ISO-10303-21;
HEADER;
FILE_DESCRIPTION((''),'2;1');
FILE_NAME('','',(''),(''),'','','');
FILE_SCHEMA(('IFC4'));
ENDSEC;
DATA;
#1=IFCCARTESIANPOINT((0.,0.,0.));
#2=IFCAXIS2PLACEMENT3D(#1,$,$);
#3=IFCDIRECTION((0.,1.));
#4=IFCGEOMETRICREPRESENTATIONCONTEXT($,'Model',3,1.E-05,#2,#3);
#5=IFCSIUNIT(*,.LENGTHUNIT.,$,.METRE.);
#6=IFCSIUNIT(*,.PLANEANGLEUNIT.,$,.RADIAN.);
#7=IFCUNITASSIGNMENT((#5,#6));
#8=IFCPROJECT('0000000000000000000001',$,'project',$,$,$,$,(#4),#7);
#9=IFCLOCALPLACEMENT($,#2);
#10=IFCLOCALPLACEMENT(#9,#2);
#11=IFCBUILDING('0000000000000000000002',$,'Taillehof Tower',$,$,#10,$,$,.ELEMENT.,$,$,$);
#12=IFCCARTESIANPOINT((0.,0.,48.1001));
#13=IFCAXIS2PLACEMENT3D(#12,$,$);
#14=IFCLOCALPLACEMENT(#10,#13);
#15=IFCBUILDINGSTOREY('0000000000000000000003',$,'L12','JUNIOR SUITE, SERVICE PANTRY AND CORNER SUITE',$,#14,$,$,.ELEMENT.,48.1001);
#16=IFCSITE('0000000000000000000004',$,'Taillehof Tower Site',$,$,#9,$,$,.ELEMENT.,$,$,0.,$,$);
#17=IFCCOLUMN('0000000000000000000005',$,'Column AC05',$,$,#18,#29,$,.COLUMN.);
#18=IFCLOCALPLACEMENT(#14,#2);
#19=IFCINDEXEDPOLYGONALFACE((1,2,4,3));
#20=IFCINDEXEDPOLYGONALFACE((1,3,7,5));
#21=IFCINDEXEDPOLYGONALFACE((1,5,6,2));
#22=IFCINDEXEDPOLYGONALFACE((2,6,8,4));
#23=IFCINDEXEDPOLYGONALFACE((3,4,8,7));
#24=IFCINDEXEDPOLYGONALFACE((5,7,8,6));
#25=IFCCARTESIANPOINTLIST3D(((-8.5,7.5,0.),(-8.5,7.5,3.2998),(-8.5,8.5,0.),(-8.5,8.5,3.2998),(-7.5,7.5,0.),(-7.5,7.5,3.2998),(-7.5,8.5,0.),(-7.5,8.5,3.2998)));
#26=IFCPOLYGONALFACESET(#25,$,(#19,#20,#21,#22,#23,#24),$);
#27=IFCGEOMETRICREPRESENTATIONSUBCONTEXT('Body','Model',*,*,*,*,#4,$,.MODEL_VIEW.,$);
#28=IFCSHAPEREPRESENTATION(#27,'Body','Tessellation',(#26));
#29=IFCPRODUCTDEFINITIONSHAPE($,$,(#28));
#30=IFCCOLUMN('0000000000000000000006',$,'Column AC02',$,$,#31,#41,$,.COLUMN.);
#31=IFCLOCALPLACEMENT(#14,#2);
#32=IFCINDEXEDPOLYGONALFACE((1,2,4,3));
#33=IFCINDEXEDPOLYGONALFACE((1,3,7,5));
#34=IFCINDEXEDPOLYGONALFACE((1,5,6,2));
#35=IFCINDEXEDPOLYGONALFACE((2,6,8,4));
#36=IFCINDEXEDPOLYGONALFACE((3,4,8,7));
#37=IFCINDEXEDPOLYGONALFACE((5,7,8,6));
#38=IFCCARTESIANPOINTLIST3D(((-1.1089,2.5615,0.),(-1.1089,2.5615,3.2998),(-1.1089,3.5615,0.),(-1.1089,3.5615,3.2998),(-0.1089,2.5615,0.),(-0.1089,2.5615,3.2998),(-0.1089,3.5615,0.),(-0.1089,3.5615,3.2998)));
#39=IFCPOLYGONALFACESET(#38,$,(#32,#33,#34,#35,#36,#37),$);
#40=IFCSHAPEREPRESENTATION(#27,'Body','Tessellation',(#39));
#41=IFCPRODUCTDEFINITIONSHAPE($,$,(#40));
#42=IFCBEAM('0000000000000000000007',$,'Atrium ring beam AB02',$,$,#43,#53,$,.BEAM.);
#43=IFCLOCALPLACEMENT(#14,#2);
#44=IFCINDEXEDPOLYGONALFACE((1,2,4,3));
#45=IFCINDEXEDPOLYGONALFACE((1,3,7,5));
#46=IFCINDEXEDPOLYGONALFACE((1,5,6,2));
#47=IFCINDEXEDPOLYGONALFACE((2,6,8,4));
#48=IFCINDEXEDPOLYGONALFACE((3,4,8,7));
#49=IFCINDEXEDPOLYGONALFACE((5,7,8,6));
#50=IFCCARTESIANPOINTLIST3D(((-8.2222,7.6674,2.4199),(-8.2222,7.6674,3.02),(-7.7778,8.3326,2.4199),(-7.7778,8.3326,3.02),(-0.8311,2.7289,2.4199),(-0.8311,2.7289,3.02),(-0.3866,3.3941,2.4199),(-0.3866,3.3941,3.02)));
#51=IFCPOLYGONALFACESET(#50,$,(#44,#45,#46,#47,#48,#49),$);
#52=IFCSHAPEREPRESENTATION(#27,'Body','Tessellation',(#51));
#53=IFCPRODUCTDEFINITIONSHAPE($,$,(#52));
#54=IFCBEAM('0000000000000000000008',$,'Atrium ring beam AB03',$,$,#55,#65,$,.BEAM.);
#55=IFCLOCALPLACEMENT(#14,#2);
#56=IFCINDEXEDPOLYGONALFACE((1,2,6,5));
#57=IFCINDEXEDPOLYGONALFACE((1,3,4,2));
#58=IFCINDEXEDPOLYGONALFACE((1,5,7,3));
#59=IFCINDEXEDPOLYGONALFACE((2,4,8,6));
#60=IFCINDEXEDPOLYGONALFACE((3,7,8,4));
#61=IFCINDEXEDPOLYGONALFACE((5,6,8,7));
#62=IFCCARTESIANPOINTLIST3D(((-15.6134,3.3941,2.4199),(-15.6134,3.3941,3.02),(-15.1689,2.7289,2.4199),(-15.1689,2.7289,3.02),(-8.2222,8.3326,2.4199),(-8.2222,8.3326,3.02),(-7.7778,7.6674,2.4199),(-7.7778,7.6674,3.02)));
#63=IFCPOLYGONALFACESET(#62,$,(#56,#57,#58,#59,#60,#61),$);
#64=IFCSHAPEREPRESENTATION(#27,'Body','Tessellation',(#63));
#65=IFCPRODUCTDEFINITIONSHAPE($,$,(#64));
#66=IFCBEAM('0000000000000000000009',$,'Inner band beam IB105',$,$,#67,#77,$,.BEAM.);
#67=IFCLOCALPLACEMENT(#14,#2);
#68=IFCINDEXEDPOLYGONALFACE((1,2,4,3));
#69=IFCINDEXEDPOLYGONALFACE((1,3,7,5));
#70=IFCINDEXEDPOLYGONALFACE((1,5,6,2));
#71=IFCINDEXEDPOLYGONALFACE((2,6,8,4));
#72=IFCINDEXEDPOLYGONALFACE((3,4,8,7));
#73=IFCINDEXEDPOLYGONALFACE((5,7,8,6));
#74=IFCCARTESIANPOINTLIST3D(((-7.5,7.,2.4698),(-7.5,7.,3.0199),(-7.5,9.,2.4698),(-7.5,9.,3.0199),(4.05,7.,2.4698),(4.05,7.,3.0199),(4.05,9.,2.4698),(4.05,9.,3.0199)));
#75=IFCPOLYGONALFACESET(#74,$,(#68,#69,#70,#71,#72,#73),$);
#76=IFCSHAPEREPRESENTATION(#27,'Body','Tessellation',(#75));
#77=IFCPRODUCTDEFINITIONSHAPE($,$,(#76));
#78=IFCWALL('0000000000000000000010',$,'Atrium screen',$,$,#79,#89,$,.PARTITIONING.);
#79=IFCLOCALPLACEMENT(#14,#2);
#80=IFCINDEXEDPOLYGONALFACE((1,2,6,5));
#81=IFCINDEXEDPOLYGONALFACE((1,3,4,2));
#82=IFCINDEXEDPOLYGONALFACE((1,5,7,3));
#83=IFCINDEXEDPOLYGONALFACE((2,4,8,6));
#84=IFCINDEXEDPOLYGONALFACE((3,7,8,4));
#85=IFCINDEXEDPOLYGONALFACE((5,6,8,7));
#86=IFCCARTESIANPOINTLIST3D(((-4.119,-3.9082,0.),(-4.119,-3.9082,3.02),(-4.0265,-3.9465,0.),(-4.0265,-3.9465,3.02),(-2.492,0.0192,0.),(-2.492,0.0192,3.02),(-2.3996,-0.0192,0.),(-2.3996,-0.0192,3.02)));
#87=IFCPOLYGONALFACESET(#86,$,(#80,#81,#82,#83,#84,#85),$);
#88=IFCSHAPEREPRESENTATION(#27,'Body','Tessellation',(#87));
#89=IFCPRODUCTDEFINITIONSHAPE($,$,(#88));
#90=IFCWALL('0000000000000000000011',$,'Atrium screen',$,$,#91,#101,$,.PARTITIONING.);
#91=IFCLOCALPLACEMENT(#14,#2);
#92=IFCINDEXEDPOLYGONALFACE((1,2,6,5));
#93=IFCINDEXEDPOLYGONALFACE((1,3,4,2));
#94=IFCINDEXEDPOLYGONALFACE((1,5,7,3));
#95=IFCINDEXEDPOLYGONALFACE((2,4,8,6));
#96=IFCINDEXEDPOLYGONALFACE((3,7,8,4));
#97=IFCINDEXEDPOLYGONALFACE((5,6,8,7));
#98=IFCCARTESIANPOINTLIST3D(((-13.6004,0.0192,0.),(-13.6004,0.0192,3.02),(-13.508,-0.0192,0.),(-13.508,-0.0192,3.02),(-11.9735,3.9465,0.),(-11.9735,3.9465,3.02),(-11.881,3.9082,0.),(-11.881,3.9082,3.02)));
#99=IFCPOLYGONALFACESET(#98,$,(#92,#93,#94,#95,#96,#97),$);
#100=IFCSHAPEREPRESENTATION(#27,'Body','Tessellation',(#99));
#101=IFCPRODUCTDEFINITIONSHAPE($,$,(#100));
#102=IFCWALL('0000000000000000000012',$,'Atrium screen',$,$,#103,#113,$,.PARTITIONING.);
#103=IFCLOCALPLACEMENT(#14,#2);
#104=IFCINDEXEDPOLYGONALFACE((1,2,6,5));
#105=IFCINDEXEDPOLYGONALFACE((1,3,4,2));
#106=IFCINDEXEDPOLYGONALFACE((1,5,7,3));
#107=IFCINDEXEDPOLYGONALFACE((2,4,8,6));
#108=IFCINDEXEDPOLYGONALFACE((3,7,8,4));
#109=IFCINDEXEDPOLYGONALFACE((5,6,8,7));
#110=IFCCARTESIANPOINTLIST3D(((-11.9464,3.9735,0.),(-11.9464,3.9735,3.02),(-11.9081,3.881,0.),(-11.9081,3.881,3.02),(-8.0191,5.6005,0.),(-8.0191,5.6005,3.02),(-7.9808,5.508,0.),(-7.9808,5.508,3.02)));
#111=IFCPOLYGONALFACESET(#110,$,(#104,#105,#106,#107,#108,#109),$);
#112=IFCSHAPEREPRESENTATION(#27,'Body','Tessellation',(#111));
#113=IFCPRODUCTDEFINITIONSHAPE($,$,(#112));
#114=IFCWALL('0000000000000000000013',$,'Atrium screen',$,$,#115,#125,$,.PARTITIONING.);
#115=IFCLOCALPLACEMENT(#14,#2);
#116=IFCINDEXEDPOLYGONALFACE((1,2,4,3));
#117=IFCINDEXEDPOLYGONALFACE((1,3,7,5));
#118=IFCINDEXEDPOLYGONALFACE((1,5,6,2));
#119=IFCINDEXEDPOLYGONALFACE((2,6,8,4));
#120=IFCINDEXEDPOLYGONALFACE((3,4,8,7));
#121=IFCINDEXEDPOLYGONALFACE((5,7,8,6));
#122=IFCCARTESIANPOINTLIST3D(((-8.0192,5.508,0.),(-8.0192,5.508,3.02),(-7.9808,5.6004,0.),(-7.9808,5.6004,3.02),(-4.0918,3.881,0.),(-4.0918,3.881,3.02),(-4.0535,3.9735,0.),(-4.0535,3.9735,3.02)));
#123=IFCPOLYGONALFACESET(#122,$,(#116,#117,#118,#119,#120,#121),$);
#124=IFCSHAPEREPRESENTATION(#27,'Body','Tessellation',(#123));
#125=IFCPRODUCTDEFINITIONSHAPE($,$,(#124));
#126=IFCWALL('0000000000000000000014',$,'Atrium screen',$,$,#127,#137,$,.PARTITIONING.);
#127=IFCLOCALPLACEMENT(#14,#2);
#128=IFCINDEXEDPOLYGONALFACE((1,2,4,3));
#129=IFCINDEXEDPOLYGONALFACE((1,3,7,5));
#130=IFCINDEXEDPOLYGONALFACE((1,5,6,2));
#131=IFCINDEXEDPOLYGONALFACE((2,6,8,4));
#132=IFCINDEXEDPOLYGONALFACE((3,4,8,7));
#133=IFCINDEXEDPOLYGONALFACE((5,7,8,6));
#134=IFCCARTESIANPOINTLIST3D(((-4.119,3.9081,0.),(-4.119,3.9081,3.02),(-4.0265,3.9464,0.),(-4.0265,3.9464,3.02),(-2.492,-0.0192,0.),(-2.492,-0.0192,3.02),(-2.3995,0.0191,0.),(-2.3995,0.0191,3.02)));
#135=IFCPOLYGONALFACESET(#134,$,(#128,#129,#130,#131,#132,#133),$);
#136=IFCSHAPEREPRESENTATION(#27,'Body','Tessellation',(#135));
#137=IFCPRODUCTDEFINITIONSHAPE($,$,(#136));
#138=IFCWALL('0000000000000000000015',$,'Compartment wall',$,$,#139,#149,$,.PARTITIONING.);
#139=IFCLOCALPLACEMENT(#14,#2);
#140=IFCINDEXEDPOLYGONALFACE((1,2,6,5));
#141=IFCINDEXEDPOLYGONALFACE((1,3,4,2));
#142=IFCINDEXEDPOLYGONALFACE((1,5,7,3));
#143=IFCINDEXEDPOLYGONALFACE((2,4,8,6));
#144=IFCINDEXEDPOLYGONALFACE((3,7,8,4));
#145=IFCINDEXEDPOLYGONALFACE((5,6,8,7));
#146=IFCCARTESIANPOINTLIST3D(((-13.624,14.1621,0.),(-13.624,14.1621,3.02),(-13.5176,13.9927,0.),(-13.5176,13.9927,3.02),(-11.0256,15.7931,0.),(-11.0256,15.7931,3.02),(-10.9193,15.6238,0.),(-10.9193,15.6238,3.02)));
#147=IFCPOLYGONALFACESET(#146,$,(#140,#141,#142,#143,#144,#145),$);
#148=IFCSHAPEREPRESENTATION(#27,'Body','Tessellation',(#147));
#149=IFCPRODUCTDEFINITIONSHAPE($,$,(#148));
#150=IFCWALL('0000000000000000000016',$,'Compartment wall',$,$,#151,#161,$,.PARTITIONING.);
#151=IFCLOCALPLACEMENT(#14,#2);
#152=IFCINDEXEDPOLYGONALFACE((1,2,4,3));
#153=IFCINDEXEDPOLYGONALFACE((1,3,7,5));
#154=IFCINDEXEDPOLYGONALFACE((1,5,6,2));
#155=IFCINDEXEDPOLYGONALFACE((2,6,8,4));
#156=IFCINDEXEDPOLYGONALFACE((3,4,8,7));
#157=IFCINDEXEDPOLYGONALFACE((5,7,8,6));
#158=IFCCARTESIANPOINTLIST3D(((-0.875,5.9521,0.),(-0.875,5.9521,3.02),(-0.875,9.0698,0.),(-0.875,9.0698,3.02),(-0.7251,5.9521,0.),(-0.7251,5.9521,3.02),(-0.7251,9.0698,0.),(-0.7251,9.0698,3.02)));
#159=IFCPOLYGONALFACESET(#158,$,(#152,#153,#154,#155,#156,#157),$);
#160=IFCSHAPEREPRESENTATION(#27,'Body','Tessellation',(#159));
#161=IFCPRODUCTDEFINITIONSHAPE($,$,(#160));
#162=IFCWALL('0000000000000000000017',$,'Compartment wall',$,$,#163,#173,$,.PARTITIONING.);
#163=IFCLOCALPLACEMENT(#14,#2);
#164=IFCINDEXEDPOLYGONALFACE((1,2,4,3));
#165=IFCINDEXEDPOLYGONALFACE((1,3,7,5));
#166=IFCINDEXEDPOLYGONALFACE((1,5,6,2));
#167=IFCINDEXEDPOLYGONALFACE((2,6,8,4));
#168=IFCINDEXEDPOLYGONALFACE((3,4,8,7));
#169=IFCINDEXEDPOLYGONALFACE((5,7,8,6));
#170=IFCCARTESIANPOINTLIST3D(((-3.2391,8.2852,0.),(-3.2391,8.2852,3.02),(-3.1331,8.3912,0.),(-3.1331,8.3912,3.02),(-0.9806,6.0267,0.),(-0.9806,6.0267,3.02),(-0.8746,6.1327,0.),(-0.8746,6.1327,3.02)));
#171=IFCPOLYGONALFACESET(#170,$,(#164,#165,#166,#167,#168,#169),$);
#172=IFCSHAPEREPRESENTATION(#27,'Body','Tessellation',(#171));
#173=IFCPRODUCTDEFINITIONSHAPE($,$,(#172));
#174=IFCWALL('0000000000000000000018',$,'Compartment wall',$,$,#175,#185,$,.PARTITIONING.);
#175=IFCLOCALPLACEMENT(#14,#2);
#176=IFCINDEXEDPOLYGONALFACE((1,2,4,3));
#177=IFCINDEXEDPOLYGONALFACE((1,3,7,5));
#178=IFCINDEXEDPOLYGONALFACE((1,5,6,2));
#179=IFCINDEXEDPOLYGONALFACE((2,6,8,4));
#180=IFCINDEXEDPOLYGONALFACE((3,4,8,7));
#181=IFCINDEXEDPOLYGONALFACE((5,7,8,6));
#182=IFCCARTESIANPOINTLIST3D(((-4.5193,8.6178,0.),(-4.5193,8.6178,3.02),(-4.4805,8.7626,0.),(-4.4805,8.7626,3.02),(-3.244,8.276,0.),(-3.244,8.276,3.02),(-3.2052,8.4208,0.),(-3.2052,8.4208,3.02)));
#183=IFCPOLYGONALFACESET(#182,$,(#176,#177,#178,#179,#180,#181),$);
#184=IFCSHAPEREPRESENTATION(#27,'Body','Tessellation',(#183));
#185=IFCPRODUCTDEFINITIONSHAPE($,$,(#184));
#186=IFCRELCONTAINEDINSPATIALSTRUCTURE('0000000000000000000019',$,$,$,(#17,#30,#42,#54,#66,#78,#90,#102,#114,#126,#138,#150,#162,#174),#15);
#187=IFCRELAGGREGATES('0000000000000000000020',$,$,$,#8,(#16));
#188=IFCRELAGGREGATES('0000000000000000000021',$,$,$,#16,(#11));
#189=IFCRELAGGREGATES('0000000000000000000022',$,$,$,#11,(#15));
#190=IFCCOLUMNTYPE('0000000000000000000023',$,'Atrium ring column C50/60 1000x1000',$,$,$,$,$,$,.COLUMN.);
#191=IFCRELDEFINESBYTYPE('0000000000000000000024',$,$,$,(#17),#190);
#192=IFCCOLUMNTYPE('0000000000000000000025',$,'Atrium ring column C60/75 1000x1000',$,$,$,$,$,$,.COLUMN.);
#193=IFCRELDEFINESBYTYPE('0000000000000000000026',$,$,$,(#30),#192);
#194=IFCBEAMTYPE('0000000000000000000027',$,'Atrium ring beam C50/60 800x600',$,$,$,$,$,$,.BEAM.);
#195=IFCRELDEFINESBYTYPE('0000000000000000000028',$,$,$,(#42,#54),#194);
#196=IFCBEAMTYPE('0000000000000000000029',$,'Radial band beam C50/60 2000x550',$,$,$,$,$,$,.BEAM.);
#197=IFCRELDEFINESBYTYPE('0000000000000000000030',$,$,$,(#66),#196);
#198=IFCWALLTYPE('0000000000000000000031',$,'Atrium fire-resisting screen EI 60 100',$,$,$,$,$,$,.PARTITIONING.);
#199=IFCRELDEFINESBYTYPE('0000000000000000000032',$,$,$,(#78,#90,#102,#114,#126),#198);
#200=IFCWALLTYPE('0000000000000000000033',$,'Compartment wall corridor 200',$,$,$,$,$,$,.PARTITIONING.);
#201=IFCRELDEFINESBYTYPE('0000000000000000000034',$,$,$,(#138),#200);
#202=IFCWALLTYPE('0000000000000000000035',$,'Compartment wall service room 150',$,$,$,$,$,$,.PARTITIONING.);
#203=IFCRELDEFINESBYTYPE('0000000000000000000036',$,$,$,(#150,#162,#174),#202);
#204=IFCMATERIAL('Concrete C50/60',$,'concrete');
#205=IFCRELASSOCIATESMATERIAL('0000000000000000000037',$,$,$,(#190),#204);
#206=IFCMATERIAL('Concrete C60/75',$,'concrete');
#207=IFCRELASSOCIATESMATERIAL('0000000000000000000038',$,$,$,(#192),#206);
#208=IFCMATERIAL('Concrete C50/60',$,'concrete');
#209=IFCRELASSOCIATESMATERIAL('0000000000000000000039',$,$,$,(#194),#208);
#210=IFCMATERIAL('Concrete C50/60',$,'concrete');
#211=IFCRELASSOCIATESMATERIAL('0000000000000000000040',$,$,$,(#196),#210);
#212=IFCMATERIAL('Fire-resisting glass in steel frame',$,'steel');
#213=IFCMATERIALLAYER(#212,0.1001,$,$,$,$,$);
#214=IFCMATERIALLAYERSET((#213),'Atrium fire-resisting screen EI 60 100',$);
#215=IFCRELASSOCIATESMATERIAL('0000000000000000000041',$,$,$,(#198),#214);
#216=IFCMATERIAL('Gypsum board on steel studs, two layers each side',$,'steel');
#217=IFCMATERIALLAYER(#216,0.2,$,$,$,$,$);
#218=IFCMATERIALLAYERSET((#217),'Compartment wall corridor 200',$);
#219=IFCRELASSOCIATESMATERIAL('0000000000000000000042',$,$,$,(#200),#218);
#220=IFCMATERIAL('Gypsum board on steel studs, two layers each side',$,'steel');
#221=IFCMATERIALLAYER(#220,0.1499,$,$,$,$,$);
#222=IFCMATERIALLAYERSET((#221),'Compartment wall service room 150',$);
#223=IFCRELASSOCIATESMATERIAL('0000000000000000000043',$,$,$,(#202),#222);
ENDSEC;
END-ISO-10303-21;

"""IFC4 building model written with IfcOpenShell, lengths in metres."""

from ifc_helpers import new_model, si_unit, direction, frame, frame_2d, origin, origin_2d, place, context, subcontext, project, spatial, rectangle, extrude, material, layer, layer_set, material_profile, profile_set, type_object, element, save


model = new_model("IFC4")

# Units and contexts
model_context = context("Model", 3, precision=1e-05, world=origin(), true_north=direction((0.0, 1.0)))
body_context = subcontext(model_context, "Body", "Model", "MODEL_VIEW")
ifc_project = project(units=[si_unit("LENGTHUNIT", "METRE"), si_unit("PLANEANGLEUNIT", "RADIAN")], contexts=[model_context])

# Site, building, storey
site_placement = place(None, origin())
site = spatial("IfcSite", under=ifc_project, at=site_placement, Name="Taillehof Tower Site", CompositionType="ELEMENT", RefElevation=0.0)
building_placement = place(site_placement, origin())
building = spatial("IfcBuilding", under=site, at=building_placement, Name="Taillehof Tower", CompositionType="ELEMENT")
storey_placement = place(building_placement, frame((0.0, 0.0, 48.1001)))
storey = spatial("IfcBuildingStorey", under=building, at=storey_placement, Name="L12", Description="JUNIOR SUITE, SERVICE PANTRY AND CORNER SUITE", CompositionType="ELEMENT", Elevation=48.1001)

# Columns
ifc_material_1 = material(Name="Concrete C50/60", Category="concrete")
ifc_material_profile_1 = material_profile(ifc_material_1, rectangle(XDim=1.0, YDim=1.0, at=origin_2d()), Name="RC 1000x1000")
ifc_profile_set_1 = profile_set([ifc_material_profile_1], Name="Concrete C50/60")
column_type_1 = type_object("IfcColumnType", Name="Atrium ring column C50/60 1000x1000", PredefinedType="COLUMN", material=ifc_profile_set_1)
column_1_placement = place(storey_placement, frame((-8.0, 8.0, 0.0), z_axis=(0.0, 0.0, 1.0), x_axis=(1.0, 0.0, 0.0)))
element("IfcColumn", 1, at=column_1_placement, inside=storey, type_object=column_type_1, Name="Column AC05", PredefinedType="COLUMN", context=body_context, shape_type="SweptSolid", body=[
    extrude(rectangle(XDim=1.0, YDim=1.0, at=origin_2d()), origin(), (0.0, 0.0, 1.0), 3.2998),
])
ifc_material_2 = material(Name="Concrete C60/75", Category="concrete")
ifc_material_profile_2 = material_profile(ifc_material_2, rectangle(XDim=1.0, YDim=1.0, at=origin_2d()), Name="RC 1000x1000")
ifc_profile_set_2 = profile_set([ifc_material_profile_2], Name="Concrete C60/75")
column_type_2 = type_object("IfcColumnType", Name="Atrium ring column C60/75 1000x1000", PredefinedType="COLUMN", material=ifc_profile_set_2)
column_2_placement = place(storey_placement, frame((-0.6089, 3.0615, 0.0), z_axis=(0.0, 0.0, 1.0), x_axis=(1.0, 0.0, 0.0)))
element("IfcColumn", 2, at=column_2_placement, inside=storey, type_object=column_type_2, Name="Column AC02", PredefinedType="COLUMN", context=body_context, shape_type="SweptSolid", body=[
    extrude(rectangle(XDim=1.0, YDim=1.0, at=origin_2d()), origin(), (0.0, 0.0, 1.0), 3.2998),
])

# Beams
ifc_material_3 = material(Name="Concrete C50/60", Category="concrete")
ifc_material_profile_3 = material_profile(ifc_material_3, rectangle(XDim=0.8, YDim=0.6001, at=origin_2d()), Name="RC 800x600")
ifc_profile_set_3 = profile_set([ifc_material_profile_3], Name="Concrete C50/60")
beam_type_1 = type_object("IfcBeamType", Name="Atrium ring beam C50/60 800x600", PredefinedType="BEAM", material=ifc_profile_set_3)
for number, where, z_axis, x_axis, name in (
    (3, (-0.6089, 3.0615, 2.72), (-0.831475, 0.555562, 0.0), (-0.555562, -0.831475, 0.0), "Atrium ring beam AB02"),
    (4, (-8.0, 8.0, 2.72), (-0.831475, -0.555562, 0.0), (0.555562, -0.831475, 0.0), "Atrium ring beam AB03"),
):
    element("IfcBeam", number, at=place(storey_placement, frame(where, z_axis=z_axis, x_axis=x_axis)), inside=storey, type_object=beam_type_1, Name=name, PredefinedType="BEAM", context=body_context, shape_type="SweptSolid", body=[
        extrude(rectangle(XDim=0.8, YDim=0.6001, at=origin_2d()), origin(), (0.0, 0.0, 1.0), 8.8892),
    ])
ifc_material_4 = material(Name="Concrete C50/60", Category="concrete")
ifc_material_profile_4 = material_profile(ifc_material_4, rectangle(XDim=2.0, YDim=0.55, at=origin_2d()), Name="RC 2000x550")
ifc_profile_set_4 = profile_set([ifc_material_profile_4], Name="Concrete C50/60")
beam_type_2 = type_object("IfcBeamType", Name="Radial band beam C50/60 2000x550", PredefinedType="BEAM", material=ifc_profile_set_4)
beam_placement = place(storey_placement, frame((-7.5, 8.0, 2.7449), z_axis=(1.0, 0.0, 0.0), x_axis=(0.0, 1.0, 0.0)))
element("IfcBeam", 5, at=beam_placement, inside=storey, type_object=beam_type_2, Name="Inner band beam IB105", PredefinedType="BEAM", context=body_context, shape_type="SweptSolid", body=[
    extrude(rectangle(XDim=2.0, YDim=0.55, at=origin_2d()), origin(), (0.0, 0.0, 1.0), 11.55),
])

# Walls
ifc_material_5 = material(Name="Fire-resisting glass in steel frame", Category="steel")
ifc_layer_1 = layer(ifc_material_5, 0.1001)
ifc_layer_set_1 = layer_set([ifc_layer_1], Name="Atrium fire-resisting screen EI 60 100")
wall_type_1 = type_object("IfcWallType", Name="Atrium fire-resisting screen EI 60 100", PredefinedType="PARTITIONING", material=ifc_layer_set_1)
for number, where, z_axis, x_axis, name in (
    (6, (-2.4458, 0.0, 0.0), (0.0, 0.0, 1.0), (-0.382731, -0.92386, 0.0), "Atrium screen"),
    (7, (-13.5542, 0.0, 0.0), (0.0, 0.0, 1.0), (0.382731, 0.92386, 0.0), "Atrium screen"),
    (8, (-11.9272, 3.9272, 0.0), (0.0, 0.0, 1.0), (0.92386, 0.382731, 0.0), "Atrium screen"),
    (9, (-8.0, 5.5542, 0.0), (0.0, 0.0, 1.0), (0.92386, -0.382731, 0.0), "Atrium screen"),
    (10, (-4.0728, 3.9272, 0.0), (0.0, 0.0, 1.0), (0.382731, -0.92386, 0.0), "Atrium screen"),
):
    element("IfcWall", number, at=place(storey_placement, frame(where, z_axis=z_axis, x_axis=x_axis)), inside=storey, type_object=wall_type_1, Name=name, PredefinedType="PARTITIONING", context=body_context, shape_type="SweptSolid", body=[
        extrude(rectangle(XDim=4.251, YDim=0.1001, at=frame_2d((2.1255, 0.0))), origin(), (0.0, 0.0, 1.0), 3.02),
    ])
ifc_material_6 = material(Name="Gypsum board on steel studs, two layers each side", Category="steel")
ifc_layer_2 = layer(ifc_material_6, 0.2)
ifc_layer_set_2 = layer_set([ifc_layer_2], Name="Compartment wall corridor 200")
wall_type_2 = type_object("IfcWallType", Name="Compartment wall corridor 200", PredefinedType="PARTITIONING", material=ifc_layer_set_2)
wall_1_placement = place(storey_placement, frame((-13.5708, 14.0774, 0.0), z_axis=(0.0, 0.0, 1.0), x_axis=(0.846955, 0.531665, 0.0)))
element("IfcWall", 11, at=wall_1_placement, inside=storey, type_object=wall_type_2, Name="Compartment wall", PredefinedType="PARTITIONING", context=body_context, shape_type="SweptSolid", body=[
    extrude(rectangle(XDim=3.0679, YDim=0.2, at=frame_2d((1.5339, 0.0))), origin(), (0.0, 0.0, 1.0), 3.02),
])
ifc_material_7 = material(Name="Gypsum board on steel studs, two layers each side", Category="steel")
ifc_layer_3 = layer(ifc_material_7, 0.1499)
ifc_layer_set_3 = layer_set([ifc_layer_3], Name="Compartment wall service room 150")
wall_type_3 = type_object("IfcWallType", Name="Compartment wall service room 150", PredefinedType="PARTITIONING", material=ifc_layer_set_3)
wall_2_placement = place(storey_placement, frame((-0.8, 9.0698, 0.0), z_axis=(0.0, 0.0, 1.0), x_axis=(0.0, -1.0, 0.0)))
element("IfcWall", 12, at=wall_2_placement, inside=storey, type_object=wall_type_3, Name="Compartment wall", PredefinedType="PARTITIONING", context=body_context, shape_type="SweptSolid", body=[
    extrude(rectangle(XDim=3.1177, YDim=0.1499, at=frame_2d((1.5588, 0.0))), origin(), (0.0, 0.0, 1.0), 3.02),
])
wall_3_placement = place(storey_placement, frame((-0.9275, 6.0796, 0.0), z_axis=(0.0, 0.0, 1.0), x_axis=(-0.707107, 0.707107, 0.0)))
element("IfcWall", 13, at=wall_3_placement, inside=storey, type_object=wall_type_3, Name="Compartment wall", PredefinedType="PARTITIONING", context=body_context, shape_type="SweptSolid", body=[
    extrude(rectangle(XDim=3.1941, YDim=0.1499, at=frame_2d((1.5972, 0.0))), origin(), (0.0, 0.0, 1.0), 3.02),
])
wall_4_placement = place(storey_placement, frame((-3.2246, 8.3484, 0.0), z_axis=(0.0, 0.0, 1.0), x_axis=(-0.965915, 0.258859, 0.0)))
element("IfcWall", 14, at=wall_4_placement, inside=storey, type_object=wall_type_3, Name="Compartment wall", PredefinedType="PARTITIONING", context=body_context, shape_type="SweptSolid", body=[
    extrude(rectangle(XDim=1.3203, YDim=0.1499, at=frame_2d((0.6602, 0.0))), origin(), (0.0, 0.0, 1.0), 3.02),
])

save(model, "model.ifc")
